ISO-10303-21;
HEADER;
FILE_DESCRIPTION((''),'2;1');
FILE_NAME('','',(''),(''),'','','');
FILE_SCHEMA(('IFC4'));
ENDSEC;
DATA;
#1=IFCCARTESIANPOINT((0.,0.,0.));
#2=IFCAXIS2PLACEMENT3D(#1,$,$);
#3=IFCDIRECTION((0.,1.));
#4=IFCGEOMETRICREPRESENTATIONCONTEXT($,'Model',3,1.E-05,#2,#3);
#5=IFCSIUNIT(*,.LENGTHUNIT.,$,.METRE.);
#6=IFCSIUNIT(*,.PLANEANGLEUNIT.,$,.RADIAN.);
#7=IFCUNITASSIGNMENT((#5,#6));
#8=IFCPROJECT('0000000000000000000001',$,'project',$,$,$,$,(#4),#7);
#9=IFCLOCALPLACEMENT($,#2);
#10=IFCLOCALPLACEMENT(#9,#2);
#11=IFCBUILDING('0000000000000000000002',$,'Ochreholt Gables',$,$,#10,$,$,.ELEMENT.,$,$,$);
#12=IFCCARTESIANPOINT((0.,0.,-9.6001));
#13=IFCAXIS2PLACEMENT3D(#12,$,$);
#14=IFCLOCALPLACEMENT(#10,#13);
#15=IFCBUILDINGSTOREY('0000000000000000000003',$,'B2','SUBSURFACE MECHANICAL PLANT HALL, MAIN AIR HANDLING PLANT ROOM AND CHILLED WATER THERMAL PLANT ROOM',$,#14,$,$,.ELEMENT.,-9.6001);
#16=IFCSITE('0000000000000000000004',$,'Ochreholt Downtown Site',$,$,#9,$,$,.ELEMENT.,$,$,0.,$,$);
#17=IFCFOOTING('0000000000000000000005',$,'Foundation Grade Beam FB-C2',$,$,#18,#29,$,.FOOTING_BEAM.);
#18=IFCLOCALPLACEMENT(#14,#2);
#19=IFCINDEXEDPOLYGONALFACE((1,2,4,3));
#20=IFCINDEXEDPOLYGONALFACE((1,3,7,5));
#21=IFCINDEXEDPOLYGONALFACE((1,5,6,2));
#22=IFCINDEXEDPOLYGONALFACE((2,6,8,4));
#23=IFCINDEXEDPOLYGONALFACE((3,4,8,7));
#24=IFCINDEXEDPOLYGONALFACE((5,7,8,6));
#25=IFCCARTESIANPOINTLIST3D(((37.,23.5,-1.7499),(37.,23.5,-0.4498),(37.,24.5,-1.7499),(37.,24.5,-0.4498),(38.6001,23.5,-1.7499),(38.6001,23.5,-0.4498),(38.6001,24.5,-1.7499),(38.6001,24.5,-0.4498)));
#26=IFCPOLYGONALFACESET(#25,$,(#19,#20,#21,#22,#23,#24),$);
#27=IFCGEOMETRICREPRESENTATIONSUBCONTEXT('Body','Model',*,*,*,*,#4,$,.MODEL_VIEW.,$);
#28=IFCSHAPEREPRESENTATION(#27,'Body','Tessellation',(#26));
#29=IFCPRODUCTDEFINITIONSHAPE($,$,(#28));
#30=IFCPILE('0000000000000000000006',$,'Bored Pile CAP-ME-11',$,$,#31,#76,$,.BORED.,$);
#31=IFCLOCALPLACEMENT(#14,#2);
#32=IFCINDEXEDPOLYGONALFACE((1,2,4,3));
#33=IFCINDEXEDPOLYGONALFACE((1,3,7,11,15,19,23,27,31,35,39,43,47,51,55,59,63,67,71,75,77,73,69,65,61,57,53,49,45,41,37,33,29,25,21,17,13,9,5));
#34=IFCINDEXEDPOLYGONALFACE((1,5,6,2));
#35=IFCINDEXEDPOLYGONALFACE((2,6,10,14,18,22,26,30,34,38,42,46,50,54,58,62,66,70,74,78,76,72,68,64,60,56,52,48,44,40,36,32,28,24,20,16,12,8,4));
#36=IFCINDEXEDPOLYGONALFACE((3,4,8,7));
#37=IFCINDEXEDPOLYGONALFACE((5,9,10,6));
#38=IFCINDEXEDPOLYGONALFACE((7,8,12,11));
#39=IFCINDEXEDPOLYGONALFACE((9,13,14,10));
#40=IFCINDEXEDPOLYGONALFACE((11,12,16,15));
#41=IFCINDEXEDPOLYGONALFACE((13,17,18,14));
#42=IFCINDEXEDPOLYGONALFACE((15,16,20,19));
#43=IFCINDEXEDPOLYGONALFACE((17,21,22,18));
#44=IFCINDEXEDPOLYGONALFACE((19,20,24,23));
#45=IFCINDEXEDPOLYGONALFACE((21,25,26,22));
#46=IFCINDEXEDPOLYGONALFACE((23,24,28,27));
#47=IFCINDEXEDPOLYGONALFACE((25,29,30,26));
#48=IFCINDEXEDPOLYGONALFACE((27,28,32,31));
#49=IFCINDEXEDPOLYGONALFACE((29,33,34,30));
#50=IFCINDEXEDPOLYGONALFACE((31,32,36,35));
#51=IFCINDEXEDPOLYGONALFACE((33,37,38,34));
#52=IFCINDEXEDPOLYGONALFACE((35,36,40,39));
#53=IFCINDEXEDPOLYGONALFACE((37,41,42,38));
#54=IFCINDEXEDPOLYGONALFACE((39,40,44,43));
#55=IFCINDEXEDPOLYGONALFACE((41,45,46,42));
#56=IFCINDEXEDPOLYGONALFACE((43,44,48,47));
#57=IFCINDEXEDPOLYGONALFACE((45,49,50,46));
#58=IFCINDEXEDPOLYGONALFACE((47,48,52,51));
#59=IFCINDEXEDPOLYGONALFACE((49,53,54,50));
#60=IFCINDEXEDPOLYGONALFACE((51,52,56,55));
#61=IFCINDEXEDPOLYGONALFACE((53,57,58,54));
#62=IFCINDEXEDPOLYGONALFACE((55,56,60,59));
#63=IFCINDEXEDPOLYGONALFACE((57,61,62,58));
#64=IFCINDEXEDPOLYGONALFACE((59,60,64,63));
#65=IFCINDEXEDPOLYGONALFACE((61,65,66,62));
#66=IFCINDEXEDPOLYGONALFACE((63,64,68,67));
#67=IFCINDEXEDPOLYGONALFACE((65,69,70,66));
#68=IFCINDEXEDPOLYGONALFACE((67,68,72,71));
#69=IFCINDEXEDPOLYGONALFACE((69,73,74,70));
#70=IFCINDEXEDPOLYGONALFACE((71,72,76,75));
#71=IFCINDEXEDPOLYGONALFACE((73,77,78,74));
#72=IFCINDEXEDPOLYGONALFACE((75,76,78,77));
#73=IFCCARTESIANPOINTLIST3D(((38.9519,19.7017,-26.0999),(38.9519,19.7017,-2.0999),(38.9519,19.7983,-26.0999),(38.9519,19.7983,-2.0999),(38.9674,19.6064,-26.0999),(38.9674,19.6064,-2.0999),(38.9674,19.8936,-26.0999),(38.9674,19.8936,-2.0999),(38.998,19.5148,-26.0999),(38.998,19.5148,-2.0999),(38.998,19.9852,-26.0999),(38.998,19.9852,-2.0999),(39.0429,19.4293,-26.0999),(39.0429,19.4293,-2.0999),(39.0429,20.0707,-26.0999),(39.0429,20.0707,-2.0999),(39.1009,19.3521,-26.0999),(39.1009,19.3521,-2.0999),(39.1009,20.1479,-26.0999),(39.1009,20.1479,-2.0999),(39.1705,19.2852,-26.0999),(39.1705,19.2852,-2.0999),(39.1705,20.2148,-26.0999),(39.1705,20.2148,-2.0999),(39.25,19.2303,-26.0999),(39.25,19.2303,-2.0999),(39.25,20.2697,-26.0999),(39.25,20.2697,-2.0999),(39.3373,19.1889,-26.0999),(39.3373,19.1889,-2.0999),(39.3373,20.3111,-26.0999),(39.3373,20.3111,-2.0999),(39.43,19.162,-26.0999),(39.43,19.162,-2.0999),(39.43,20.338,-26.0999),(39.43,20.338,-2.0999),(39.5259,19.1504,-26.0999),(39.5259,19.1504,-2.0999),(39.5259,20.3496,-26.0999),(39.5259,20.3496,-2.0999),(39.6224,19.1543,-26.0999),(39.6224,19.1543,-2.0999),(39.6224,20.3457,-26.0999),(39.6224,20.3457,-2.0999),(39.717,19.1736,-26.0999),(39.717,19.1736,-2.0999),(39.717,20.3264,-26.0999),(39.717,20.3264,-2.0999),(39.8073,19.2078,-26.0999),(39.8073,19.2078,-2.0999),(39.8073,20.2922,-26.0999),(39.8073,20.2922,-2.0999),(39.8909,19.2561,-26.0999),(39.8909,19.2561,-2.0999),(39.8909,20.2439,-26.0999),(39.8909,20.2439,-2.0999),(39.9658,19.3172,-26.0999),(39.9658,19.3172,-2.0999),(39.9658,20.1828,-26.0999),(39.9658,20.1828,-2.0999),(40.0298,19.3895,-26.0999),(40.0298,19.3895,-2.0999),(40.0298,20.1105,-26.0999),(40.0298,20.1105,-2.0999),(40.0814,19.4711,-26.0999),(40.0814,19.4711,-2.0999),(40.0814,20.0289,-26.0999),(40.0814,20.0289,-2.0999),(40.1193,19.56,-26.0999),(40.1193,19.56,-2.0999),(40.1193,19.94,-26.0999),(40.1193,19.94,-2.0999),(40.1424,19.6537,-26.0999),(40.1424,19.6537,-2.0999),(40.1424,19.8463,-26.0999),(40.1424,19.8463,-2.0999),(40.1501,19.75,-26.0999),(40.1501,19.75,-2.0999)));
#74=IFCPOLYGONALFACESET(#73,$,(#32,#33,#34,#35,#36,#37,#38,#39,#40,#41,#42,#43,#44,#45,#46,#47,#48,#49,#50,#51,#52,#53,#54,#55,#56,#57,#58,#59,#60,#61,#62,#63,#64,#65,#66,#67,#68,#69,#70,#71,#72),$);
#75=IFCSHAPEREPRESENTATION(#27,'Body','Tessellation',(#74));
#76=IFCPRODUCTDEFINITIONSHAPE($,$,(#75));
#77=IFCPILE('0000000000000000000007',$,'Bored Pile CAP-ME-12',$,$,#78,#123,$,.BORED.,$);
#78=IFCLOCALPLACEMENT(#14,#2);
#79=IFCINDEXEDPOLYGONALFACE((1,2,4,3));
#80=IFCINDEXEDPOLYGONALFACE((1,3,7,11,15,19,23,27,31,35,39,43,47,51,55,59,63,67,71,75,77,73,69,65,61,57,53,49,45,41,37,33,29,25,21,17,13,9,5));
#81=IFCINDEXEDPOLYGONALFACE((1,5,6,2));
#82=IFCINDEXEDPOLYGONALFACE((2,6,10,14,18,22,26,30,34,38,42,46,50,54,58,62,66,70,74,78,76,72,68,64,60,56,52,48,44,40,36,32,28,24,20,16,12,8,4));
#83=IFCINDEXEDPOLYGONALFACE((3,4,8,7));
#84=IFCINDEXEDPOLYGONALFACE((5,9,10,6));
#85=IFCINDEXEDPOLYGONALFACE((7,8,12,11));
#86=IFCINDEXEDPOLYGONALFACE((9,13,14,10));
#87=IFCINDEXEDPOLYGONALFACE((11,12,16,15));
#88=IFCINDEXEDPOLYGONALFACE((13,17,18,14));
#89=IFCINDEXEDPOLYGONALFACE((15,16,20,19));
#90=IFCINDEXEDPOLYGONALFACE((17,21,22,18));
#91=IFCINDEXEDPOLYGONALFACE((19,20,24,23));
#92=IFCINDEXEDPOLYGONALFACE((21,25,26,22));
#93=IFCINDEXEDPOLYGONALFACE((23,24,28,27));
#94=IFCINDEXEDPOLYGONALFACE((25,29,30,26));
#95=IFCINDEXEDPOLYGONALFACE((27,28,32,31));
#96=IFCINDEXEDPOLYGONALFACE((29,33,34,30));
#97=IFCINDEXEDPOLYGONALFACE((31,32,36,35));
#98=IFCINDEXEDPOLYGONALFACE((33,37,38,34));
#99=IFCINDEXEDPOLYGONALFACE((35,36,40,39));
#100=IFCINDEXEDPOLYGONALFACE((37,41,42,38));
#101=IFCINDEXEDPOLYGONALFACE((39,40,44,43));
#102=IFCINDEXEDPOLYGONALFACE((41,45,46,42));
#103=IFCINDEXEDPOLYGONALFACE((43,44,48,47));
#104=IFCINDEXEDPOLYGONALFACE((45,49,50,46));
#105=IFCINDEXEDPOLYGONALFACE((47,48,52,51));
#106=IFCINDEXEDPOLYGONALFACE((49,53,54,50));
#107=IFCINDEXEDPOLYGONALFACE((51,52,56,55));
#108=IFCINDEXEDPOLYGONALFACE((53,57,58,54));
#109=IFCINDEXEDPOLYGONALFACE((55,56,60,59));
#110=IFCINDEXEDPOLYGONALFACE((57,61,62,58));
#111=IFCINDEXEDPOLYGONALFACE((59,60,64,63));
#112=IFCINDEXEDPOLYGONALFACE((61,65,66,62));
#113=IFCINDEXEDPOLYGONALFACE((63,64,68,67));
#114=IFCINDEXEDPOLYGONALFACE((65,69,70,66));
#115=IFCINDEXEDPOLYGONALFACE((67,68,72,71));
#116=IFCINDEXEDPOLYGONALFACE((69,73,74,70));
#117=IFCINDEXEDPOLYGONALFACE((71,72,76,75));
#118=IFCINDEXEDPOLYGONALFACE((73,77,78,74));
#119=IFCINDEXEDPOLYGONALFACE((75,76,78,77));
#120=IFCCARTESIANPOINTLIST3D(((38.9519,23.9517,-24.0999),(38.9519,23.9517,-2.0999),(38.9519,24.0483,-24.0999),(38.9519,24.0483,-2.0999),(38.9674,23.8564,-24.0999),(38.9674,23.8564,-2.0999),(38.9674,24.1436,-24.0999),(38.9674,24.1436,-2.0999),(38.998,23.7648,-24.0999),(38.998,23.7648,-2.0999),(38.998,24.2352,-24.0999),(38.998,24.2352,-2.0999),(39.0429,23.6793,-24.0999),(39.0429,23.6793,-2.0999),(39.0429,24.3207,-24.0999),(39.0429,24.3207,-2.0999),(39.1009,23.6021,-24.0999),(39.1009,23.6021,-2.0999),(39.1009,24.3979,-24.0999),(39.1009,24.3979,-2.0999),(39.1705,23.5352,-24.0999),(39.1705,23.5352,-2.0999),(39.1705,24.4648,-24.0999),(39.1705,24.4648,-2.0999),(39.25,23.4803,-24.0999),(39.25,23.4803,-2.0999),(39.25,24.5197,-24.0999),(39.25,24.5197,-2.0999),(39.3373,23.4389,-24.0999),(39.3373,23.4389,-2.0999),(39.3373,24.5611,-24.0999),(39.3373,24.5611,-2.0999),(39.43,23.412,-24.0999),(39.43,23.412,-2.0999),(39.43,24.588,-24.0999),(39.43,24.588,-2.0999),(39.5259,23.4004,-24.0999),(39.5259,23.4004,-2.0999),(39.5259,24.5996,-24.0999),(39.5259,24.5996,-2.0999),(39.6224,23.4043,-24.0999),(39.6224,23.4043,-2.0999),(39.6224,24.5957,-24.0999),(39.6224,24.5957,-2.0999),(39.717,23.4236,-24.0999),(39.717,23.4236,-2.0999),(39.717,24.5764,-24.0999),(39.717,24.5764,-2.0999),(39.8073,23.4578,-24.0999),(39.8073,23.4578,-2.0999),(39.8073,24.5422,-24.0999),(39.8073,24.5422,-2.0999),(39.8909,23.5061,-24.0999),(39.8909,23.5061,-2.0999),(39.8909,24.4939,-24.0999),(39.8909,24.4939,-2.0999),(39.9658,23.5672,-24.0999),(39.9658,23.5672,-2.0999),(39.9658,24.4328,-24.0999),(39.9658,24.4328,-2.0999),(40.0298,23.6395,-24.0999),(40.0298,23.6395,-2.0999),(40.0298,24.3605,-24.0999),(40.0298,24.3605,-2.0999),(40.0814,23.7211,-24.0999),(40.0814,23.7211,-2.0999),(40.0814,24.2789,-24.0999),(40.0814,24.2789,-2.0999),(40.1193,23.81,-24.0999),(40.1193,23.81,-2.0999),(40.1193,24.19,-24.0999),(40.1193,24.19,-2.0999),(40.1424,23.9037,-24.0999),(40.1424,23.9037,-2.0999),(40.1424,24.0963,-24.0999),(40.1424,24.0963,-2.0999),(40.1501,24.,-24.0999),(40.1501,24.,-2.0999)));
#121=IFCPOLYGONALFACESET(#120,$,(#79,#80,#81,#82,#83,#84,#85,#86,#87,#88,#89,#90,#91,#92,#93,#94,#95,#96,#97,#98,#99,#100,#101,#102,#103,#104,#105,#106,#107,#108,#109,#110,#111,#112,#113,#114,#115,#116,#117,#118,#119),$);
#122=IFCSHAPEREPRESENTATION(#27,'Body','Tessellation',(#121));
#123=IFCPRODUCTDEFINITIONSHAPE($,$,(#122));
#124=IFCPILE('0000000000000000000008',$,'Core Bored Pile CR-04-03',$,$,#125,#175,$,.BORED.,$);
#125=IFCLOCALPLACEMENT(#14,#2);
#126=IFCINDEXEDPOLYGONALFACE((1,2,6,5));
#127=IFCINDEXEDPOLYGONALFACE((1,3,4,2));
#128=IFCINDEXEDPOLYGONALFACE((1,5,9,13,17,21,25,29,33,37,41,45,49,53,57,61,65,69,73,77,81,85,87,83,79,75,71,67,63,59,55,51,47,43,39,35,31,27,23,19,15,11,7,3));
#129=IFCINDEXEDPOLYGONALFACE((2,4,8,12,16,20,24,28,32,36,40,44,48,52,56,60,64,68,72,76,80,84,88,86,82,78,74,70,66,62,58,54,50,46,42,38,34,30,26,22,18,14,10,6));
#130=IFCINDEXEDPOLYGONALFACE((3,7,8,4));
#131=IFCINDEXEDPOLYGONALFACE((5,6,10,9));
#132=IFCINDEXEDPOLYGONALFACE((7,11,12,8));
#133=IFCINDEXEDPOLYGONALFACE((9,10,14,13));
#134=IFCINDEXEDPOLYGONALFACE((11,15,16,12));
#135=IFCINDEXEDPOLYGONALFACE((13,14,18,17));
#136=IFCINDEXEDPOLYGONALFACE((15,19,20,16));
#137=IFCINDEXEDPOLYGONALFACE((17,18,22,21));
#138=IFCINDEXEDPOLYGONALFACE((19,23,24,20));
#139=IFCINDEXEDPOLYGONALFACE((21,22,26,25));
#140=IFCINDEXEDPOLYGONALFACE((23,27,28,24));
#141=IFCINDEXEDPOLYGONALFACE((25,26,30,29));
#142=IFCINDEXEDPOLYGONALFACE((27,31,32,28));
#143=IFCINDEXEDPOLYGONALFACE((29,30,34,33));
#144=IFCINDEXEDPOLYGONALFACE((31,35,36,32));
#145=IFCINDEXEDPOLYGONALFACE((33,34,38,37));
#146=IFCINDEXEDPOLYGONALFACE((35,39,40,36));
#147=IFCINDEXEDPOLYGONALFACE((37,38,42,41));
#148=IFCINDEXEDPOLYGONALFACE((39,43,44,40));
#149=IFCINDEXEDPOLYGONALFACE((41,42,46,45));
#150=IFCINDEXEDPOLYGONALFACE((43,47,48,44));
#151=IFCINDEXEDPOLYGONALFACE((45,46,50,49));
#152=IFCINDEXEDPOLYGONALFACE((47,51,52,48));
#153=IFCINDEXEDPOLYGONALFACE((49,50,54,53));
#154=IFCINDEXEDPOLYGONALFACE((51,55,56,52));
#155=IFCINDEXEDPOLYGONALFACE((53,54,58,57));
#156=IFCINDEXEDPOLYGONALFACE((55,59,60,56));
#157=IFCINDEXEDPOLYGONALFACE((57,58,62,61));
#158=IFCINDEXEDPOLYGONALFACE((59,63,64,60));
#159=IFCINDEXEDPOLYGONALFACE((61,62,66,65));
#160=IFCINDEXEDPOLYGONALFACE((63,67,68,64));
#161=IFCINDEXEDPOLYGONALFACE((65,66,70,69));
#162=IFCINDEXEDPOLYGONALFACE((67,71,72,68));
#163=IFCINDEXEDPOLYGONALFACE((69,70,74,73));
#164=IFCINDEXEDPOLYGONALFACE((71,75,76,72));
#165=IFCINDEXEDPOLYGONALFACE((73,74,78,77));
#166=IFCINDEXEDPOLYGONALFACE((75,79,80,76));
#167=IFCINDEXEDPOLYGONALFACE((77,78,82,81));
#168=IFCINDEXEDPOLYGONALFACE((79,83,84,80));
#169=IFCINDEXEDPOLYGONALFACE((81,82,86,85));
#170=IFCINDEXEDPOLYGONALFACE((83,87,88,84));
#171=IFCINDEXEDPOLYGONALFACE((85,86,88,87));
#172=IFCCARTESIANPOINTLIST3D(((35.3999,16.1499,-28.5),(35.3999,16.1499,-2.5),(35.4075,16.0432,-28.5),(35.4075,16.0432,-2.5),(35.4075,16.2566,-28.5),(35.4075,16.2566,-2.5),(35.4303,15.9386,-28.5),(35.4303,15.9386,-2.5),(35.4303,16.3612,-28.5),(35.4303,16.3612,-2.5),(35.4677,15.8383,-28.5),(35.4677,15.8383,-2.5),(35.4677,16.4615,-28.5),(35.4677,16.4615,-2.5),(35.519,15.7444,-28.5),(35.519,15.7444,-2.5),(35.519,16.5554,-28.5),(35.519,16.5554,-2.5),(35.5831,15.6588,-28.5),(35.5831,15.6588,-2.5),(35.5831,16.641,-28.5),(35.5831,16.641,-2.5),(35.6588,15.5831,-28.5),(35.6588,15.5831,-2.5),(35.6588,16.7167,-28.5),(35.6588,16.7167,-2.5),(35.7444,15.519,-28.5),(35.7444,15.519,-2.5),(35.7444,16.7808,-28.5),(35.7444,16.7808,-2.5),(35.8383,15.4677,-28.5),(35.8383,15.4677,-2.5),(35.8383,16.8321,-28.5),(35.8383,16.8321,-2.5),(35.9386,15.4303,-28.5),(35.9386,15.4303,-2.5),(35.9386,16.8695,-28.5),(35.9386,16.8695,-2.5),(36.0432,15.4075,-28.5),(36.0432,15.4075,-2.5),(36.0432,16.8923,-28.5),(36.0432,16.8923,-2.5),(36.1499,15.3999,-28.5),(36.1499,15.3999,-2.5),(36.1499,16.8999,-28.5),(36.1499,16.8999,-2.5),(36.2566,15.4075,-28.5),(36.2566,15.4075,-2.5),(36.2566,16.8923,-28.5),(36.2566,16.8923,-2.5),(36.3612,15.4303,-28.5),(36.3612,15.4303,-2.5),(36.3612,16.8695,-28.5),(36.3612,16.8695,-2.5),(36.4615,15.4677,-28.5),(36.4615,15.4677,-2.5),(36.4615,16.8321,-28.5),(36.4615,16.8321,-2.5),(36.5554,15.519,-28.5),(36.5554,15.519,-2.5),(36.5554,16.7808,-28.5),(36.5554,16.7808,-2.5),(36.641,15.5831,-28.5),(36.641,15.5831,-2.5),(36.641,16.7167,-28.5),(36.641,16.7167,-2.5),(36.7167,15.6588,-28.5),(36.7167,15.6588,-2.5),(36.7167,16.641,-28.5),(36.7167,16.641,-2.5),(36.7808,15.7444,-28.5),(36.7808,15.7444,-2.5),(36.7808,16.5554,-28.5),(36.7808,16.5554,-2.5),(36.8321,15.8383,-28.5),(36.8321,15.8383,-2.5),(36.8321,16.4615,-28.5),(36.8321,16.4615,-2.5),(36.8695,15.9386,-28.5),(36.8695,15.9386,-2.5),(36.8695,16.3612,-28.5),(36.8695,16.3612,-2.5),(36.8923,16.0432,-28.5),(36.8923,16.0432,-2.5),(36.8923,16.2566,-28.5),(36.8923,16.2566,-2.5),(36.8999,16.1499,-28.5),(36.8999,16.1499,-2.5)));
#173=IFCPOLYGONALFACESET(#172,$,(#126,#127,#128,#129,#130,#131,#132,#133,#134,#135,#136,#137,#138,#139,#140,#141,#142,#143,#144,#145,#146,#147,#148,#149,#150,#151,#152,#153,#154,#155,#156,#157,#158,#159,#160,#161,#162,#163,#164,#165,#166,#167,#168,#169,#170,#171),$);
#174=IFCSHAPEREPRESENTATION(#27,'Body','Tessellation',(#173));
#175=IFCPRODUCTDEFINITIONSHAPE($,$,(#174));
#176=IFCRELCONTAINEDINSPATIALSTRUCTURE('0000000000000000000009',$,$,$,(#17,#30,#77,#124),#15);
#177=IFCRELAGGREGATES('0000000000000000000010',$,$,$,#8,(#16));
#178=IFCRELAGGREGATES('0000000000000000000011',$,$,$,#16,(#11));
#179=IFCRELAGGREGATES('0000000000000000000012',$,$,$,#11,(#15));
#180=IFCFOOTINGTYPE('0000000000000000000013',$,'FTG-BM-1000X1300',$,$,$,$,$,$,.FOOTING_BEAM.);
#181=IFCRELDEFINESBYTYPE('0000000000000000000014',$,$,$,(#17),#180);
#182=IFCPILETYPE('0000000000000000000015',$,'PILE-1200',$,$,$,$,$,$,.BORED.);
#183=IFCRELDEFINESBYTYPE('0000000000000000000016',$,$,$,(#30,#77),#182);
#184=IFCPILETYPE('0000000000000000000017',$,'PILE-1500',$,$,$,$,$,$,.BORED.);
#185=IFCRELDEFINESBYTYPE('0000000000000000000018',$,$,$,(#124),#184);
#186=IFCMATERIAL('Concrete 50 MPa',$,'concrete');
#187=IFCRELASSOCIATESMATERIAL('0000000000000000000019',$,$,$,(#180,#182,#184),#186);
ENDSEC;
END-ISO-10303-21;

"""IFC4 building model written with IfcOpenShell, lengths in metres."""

from ifc_helpers import new_model, si_unit, direction, frame, origin, origin_2d, place, context, subcontext, project, spatial, rectangle, circle, extrude, material, material_profile, profile_set, type_object, element, save


model = new_model("IFC4")

# Units and contexts
model_context = context("Model", 3, precision=1e-05, world=origin(), true_north=direction((0.0, 1.0)))
body_context = subcontext(model_context, "Body", "Model", "MODEL_VIEW")
ifc_project = project(units=[si_unit("LENGTHUNIT", "METRE"), si_unit("PLANEANGLEUNIT", "RADIAN")], contexts=[model_context])

# Site, building, storey
site_placement = place(None, origin())
site = spatial("IfcSite", under=ifc_project, at=site_placement, Name="Ochreholt Downtown Site", CompositionType="ELEMENT", RefElevation=0.0)
building_placement = place(site_placement, origin())
building = spatial("IfcBuilding", under=site, at=building_placement, Name="Ochreholt Gables", CompositionType="ELEMENT")
storey_placement = place(building_placement, frame((0.0, 0.0, -9.6001)))
storey = spatial("IfcBuildingStorey", under=building, at=storey_placement, Name="B2", Description="SUBSURFACE MECHANICAL PLANT HALL, MAIN AIR HANDLING PLANT ROOM AND CHILLED WATER THERMAL PLANT ROOM", CompositionType="ELEMENT", Elevation=-9.6001)

# Footing
ifc_material_1 = material(Name="Concrete 50 MPa", Category="concrete")
ifc_material_profile_1 = material_profile(ifc_material_1, rectangle(XDim=1.0, YDim=1.3, at=origin_2d()), Name="FB1000X1300")
ifc_profile_set_1 = profile_set([ifc_material_profile_1], Name="Concrete 50 MPa")
footing_type = type_object("IfcFootingType", Name="FTG-BM-1000X1300", PredefinedType="FOOTING_BEAM", material=ifc_profile_set_1)
footing_placement = place(storey_placement, frame((37.0, 24.0, -1.0999), z_axis=(1.0, 0.0, 0.0), x_axis=(0.0, 1.0, 0.0)))
element("IfcFooting", 1, at=footing_placement, inside=storey, type_object=footing_type, Name="Foundation Grade Beam FB-C2", PredefinedType="FOOTING_BEAM", context=body_context, shape_type="SweptSolid", body=[
    extrude(rectangle(XDim=1.0, YDim=1.3, at=origin_2d()), origin(), (0.0, 0.0, 1.0), 1.6001),
])

# Piles
ifc_material_profile_2 = material_profile(ifc_material_1, circle(Radius=0.6001, at=origin_2d()), Name="PILE1200")
ifc_profile_set_2 = profile_set([ifc_material_profile_2], Name="Concrete 50 MPa")
pile_type_1 = type_object("IfcPileType", Name="PILE-1200", PredefinedType="BORED", material=ifc_profile_set_2)
pile_1_placement = place(storey_placement, frame((39.55, 19.75, -2.0999), z_axis=(0.0, 0.0, -1.0), x_axis=(1.0, 0.0, 0.0)))
element("IfcPile", 2, at=pile_1_placement, inside=storey, type_object=pile_type_1, Name="Bored Pile CAP-ME-11", PredefinedType="BORED", context=body_context, shape_type="SweptSolid", body=[
    extrude(circle(Radius=0.6001, at=origin_2d()), origin(), (0.0, 0.0, 1.0), 24.0),
])
pile_2_placement = place(storey_placement, frame((39.55, 24.0, -2.0999), z_axis=(0.0, 0.0, -1.0), x_axis=(1.0, 0.0, 0.0)))
element("IfcPile", 3, at=pile_2_placement, inside=storey, type_object=pile_type_1, Name="Bored Pile CAP-ME-12", PredefinedType="BORED", context=body_context, shape_type="SweptSolid", body=[
    extrude(circle(Radius=0.6001, at=origin_2d()), origin(), (0.0, 0.0, 1.0), 22.0),
])
ifc_material_profile_3 = material_profile(ifc_material_1, circle(Radius=0.75, at=origin_2d()), Name="PILE1500")
ifc_profile_set_3 = profile_set([ifc_material_profile_3], Name="Concrete 50 MPa")
pile_type_2 = type_object("IfcPileType", Name="PILE-1500", PredefinedType="BORED", material=ifc_profile_set_3)
for number, where, z_axis, x_axis, name in (
    (4, (36.1499, 16.1499, -2.5), (0.0, 0.0, -1.0), (1.0, 0.0, 0.0), "Core Bored Pile CR-04-03"),
):
    element("IfcPile", number, at=place(storey_placement, frame(where, z_axis=z_axis, x_axis=x_axis)), inside=storey, type_object=pile_type_2, Name=name, PredefinedType="BORED", context=body_context, shape_type="SweptSolid", body=[
        extrude(circle(Radius=0.75, at=origin_2d()), origin(), (0.0, 0.0, 1.0), 26.0),
    ])

save(model, "model.ifc")
